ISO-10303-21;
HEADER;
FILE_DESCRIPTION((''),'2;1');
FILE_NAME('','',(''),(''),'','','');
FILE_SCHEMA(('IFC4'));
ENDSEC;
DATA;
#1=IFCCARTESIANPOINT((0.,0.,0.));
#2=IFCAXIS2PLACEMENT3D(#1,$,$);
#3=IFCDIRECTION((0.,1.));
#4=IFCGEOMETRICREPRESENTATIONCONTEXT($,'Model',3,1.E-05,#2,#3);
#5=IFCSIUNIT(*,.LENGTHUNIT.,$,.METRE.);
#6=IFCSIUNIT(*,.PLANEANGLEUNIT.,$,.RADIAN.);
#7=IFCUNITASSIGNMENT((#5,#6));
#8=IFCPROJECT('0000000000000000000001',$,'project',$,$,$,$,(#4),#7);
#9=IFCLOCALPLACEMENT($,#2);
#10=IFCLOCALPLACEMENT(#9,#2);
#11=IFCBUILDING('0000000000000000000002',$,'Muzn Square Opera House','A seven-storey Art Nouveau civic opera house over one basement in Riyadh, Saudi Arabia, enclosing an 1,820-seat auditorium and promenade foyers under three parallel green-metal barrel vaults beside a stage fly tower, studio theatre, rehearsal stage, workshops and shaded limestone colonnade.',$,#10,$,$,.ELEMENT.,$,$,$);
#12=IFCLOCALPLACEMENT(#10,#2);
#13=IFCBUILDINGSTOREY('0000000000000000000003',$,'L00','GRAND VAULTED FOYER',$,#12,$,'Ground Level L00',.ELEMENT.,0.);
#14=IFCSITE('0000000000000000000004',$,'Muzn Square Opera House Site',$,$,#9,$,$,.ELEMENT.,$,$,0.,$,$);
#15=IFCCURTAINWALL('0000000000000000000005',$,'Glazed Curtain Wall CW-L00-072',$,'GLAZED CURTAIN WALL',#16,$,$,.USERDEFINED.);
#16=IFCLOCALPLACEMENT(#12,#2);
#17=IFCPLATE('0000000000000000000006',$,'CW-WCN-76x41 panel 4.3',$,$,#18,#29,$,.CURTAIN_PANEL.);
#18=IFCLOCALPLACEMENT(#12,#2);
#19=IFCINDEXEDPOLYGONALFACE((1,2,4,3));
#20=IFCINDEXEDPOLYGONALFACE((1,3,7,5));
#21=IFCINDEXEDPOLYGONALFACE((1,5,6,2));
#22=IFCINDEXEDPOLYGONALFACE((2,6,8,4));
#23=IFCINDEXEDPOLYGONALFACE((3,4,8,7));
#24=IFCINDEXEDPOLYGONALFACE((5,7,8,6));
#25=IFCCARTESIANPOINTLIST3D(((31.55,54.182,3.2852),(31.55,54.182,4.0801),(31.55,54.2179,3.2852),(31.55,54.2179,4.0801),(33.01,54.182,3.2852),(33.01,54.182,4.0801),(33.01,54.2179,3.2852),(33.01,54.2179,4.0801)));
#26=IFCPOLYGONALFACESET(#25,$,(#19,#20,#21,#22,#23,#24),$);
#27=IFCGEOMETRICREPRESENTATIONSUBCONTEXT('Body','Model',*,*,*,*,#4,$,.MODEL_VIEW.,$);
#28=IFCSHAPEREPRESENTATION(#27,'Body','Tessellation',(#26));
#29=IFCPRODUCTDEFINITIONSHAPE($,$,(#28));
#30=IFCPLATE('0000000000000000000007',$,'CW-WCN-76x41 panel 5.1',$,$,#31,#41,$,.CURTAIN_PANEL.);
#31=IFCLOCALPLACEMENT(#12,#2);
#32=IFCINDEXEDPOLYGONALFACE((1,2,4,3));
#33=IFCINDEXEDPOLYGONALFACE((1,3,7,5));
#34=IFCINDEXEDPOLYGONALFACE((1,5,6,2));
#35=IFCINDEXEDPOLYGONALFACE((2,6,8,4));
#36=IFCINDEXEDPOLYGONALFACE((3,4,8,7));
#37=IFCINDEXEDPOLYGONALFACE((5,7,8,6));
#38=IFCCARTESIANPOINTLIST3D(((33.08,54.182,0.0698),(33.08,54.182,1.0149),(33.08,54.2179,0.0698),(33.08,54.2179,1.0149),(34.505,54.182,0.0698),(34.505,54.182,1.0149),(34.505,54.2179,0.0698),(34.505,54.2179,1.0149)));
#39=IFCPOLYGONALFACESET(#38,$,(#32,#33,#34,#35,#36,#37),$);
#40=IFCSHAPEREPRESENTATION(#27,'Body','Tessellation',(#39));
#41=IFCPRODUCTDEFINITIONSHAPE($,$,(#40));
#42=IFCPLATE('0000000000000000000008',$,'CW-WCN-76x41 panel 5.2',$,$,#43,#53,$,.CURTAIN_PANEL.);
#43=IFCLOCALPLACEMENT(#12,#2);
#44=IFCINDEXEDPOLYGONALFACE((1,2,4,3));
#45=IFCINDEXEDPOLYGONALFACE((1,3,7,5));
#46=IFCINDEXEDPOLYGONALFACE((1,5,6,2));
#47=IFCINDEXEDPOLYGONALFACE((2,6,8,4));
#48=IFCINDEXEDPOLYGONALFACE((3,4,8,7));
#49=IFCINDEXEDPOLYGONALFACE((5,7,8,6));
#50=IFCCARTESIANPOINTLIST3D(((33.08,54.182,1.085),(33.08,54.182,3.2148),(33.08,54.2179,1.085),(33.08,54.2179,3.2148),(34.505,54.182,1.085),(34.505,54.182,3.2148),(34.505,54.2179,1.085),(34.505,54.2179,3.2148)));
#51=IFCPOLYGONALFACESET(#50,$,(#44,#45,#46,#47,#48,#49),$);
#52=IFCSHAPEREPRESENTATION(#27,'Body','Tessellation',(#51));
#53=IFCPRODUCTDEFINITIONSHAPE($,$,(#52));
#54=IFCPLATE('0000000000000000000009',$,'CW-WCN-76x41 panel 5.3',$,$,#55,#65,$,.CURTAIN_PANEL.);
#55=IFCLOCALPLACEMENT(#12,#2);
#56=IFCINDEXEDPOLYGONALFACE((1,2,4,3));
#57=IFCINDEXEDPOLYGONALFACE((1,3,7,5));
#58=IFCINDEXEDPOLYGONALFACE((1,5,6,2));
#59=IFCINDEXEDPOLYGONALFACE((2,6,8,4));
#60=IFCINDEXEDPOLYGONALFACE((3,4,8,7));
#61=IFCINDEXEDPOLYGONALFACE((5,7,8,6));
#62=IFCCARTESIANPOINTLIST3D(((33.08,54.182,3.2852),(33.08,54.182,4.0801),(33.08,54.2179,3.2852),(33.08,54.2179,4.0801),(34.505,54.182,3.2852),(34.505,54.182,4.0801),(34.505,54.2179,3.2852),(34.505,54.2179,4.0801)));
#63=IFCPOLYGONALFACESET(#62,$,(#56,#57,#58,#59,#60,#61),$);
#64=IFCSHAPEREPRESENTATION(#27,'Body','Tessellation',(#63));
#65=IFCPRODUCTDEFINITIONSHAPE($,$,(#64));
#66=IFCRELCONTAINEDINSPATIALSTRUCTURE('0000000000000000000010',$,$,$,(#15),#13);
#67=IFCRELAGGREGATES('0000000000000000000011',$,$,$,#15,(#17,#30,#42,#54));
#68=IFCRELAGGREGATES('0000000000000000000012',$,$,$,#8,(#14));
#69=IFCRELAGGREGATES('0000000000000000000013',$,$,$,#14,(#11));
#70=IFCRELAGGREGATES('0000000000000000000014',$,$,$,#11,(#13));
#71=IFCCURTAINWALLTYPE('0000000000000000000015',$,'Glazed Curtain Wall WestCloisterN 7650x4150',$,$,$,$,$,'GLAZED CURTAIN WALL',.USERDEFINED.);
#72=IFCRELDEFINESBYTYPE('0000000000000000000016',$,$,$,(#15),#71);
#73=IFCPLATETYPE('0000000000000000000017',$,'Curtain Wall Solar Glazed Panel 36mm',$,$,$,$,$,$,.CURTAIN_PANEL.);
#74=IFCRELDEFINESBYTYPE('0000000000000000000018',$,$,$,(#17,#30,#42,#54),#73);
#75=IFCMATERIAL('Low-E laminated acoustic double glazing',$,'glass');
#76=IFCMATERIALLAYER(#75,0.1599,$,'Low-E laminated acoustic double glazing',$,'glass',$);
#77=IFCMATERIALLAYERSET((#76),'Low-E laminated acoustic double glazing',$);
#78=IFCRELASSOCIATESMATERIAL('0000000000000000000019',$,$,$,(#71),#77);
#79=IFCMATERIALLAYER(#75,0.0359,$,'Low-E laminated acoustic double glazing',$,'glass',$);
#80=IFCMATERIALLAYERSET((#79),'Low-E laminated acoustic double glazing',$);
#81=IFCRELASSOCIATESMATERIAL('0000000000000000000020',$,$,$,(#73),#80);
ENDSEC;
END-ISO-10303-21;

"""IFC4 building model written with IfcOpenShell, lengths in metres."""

from ifc_helpers import new_model, si_unit, direction, frame, origin, origin_2d, place, context, subcontext, project, spatial, rectangle, extrude, material, layer, layer_set, type_object, element, aggregate, save


model = new_model("IFC4")

# Units and contexts
model_context = context("Model", 3, precision=1e-05, world=origin(), true_north=direction((0.0, 1.0)))
body_context = subcontext(model_context, "Body", "Model", "MODEL_VIEW")
ifc_project = project(units=[si_unit("LENGTHUNIT", "METRE"), si_unit("PLANEANGLEUNIT", "RADIAN")], contexts=[model_context])

# Site, building, storey
site_placement = place(None, origin())
site = spatial("IfcSite", under=ifc_project, at=site_placement, Name="Muzn Square Opera House Site", CompositionType="ELEMENT", RefElevation=0.0)
building_placement = place(site_placement, origin())
building = spatial("IfcBuilding", under=site, at=building_placement, Name="Muzn Square Opera House", Description="A seven-storey Art Nouveau civic opera house over one basement in Riyadh, Saudi Arabia, enclosing an 1,820-seat auditorium and promenade foyers under three parallel green-metal barrel vaults beside a stage fly tower, studio theatre, rehearsal stage, workshops and shaded limestone colonnade.", CompositionType="ELEMENT")
storey_placement = place(building_placement, origin())
storey = spatial("IfcBuildingStorey", under=building, at=storey_placement, Name="L00", Description="GRAND VAULTED FOYER", LongName="Ground Level L00", CompositionType="ELEMENT", Elevation=0.0)

# Curtain wall
ifc_material_1 = material(Name="Low-E laminated acoustic double glazing", Category="glass")
ifc_layer_1 = layer(ifc_material_1, 0.1599, Name="Low-E laminated acoustic double glazing", Category="glass")
ifc_layer_set_1 = layer_set([ifc_layer_1], Name="Low-E laminated acoustic double glazing")
curtain_wall_type_1 = type_object("IfcCurtainWallType", Name="Glazed Curtain Wall WestCloisterN 7650x4150", ElementType="GLAZED CURTAIN WALL", PredefinedType="USERDEFINED", material=ifc_layer_set_1)
curtain_wall_1_placement = place(storey_placement, origin())
curtain_wall_1 = element("IfcCurtainWall", 1, at=curtain_wall_1_placement, inside=storey, type_object=curtain_wall_type_1, Name="Glazed Curtain Wall CW-L00-072", ObjectType="GLAZED CURTAIN WALL", PredefinedType="USERDEFINED")

# Plates
ifc_layer_2 = layer(ifc_material_1, 0.0359, Name="Low-E laminated acoustic double glazing", Category="glass")
ifc_layer_set_2 = layer_set([ifc_layer_2], Name="Low-E laminated acoustic double glazing")
plate_type = type_object("IfcPlateType", Name="Curtain Wall Solar Glazed Panel 36mm", PredefinedType="CURTAIN_PANEL", material=ifc_layer_set_2)
plate_1_placement = place(storey_placement, frame((32.28, 54.2, 3.2852), z_axis=(0.0, 0.0, 1.0), x_axis=(1.0, 0.0, 0.0)))
plate_1 = element("IfcPlate", 2, at=plate_1_placement, type_object=plate_type, Name="CW-WCN-76x41 panel 4.3", PredefinedType="CURTAIN_PANEL", context=body_context, shape_type="SweptSolid", body=[
    extrude(rectangle(XDim=1.46, YDim=0.0359, at=origin_2d()), origin(), (0.0, 0.0, 1.0), 0.7949),
])
plate_2_placement = place(storey_placement, frame((33.7925, 54.2, 0.0698), z_axis=(0.0, 0.0, 1.0), x_axis=(1.0, 0.0, 0.0)))
plate_2 = element("IfcPlate", 3, at=plate_2_placement, type_object=plate_type, Name="CW-WCN-76x41 panel 5.1", PredefinedType="CURTAIN_PANEL", context=body_context, shape_type="SweptSolid", body=[
    extrude(rectangle(XDim=1.425, YDim=0.0359, at=origin_2d()), origin(), (0.0, 0.0, 1.0), 0.9451),
])
plate_3_placement = place(storey_placement, frame((33.7925, 54.2, 1.085), z_axis=(0.0, 0.0, 1.0), x_axis=(1.0, 0.0, 0.0)))
plate_3 = element("IfcPlate", 4, at=plate_3_placement, type_object=plate_type, Name="CW-WCN-76x41 panel 5.2", PredefinedType="CURTAIN_PANEL", context=body_context, shape_type="SweptSolid", body=[
    extrude(rectangle(XDim=1.425, YDim=0.0359, at=origin_2d()), origin(), (0.0, 0.0, 1.0), 2.1299),
])
plate_4_placement = place(storey_placement, frame((33.7925, 54.2, 3.2852), z_axis=(0.0, 0.0, 1.0), x_axis=(1.0, 0.0, 0.0)))
plate_4 = element("IfcPlate", 5, at=plate_4_placement, type_object=plate_type, Name="CW-WCN-76x41 panel 5.3", PredefinedType="CURTAIN_PANEL", context=body_context, shape_type="SweptSolid", body=[
    extrude(rectangle(XDim=1.425, YDim=0.0359, at=origin_2d()), origin(), (0.0, 0.0, 1.0), 0.7949),
])
aggregate(curtain_wall_1, [plate_1, plate_2, plate_3, plate_4])

save(model, "model.ifc")
